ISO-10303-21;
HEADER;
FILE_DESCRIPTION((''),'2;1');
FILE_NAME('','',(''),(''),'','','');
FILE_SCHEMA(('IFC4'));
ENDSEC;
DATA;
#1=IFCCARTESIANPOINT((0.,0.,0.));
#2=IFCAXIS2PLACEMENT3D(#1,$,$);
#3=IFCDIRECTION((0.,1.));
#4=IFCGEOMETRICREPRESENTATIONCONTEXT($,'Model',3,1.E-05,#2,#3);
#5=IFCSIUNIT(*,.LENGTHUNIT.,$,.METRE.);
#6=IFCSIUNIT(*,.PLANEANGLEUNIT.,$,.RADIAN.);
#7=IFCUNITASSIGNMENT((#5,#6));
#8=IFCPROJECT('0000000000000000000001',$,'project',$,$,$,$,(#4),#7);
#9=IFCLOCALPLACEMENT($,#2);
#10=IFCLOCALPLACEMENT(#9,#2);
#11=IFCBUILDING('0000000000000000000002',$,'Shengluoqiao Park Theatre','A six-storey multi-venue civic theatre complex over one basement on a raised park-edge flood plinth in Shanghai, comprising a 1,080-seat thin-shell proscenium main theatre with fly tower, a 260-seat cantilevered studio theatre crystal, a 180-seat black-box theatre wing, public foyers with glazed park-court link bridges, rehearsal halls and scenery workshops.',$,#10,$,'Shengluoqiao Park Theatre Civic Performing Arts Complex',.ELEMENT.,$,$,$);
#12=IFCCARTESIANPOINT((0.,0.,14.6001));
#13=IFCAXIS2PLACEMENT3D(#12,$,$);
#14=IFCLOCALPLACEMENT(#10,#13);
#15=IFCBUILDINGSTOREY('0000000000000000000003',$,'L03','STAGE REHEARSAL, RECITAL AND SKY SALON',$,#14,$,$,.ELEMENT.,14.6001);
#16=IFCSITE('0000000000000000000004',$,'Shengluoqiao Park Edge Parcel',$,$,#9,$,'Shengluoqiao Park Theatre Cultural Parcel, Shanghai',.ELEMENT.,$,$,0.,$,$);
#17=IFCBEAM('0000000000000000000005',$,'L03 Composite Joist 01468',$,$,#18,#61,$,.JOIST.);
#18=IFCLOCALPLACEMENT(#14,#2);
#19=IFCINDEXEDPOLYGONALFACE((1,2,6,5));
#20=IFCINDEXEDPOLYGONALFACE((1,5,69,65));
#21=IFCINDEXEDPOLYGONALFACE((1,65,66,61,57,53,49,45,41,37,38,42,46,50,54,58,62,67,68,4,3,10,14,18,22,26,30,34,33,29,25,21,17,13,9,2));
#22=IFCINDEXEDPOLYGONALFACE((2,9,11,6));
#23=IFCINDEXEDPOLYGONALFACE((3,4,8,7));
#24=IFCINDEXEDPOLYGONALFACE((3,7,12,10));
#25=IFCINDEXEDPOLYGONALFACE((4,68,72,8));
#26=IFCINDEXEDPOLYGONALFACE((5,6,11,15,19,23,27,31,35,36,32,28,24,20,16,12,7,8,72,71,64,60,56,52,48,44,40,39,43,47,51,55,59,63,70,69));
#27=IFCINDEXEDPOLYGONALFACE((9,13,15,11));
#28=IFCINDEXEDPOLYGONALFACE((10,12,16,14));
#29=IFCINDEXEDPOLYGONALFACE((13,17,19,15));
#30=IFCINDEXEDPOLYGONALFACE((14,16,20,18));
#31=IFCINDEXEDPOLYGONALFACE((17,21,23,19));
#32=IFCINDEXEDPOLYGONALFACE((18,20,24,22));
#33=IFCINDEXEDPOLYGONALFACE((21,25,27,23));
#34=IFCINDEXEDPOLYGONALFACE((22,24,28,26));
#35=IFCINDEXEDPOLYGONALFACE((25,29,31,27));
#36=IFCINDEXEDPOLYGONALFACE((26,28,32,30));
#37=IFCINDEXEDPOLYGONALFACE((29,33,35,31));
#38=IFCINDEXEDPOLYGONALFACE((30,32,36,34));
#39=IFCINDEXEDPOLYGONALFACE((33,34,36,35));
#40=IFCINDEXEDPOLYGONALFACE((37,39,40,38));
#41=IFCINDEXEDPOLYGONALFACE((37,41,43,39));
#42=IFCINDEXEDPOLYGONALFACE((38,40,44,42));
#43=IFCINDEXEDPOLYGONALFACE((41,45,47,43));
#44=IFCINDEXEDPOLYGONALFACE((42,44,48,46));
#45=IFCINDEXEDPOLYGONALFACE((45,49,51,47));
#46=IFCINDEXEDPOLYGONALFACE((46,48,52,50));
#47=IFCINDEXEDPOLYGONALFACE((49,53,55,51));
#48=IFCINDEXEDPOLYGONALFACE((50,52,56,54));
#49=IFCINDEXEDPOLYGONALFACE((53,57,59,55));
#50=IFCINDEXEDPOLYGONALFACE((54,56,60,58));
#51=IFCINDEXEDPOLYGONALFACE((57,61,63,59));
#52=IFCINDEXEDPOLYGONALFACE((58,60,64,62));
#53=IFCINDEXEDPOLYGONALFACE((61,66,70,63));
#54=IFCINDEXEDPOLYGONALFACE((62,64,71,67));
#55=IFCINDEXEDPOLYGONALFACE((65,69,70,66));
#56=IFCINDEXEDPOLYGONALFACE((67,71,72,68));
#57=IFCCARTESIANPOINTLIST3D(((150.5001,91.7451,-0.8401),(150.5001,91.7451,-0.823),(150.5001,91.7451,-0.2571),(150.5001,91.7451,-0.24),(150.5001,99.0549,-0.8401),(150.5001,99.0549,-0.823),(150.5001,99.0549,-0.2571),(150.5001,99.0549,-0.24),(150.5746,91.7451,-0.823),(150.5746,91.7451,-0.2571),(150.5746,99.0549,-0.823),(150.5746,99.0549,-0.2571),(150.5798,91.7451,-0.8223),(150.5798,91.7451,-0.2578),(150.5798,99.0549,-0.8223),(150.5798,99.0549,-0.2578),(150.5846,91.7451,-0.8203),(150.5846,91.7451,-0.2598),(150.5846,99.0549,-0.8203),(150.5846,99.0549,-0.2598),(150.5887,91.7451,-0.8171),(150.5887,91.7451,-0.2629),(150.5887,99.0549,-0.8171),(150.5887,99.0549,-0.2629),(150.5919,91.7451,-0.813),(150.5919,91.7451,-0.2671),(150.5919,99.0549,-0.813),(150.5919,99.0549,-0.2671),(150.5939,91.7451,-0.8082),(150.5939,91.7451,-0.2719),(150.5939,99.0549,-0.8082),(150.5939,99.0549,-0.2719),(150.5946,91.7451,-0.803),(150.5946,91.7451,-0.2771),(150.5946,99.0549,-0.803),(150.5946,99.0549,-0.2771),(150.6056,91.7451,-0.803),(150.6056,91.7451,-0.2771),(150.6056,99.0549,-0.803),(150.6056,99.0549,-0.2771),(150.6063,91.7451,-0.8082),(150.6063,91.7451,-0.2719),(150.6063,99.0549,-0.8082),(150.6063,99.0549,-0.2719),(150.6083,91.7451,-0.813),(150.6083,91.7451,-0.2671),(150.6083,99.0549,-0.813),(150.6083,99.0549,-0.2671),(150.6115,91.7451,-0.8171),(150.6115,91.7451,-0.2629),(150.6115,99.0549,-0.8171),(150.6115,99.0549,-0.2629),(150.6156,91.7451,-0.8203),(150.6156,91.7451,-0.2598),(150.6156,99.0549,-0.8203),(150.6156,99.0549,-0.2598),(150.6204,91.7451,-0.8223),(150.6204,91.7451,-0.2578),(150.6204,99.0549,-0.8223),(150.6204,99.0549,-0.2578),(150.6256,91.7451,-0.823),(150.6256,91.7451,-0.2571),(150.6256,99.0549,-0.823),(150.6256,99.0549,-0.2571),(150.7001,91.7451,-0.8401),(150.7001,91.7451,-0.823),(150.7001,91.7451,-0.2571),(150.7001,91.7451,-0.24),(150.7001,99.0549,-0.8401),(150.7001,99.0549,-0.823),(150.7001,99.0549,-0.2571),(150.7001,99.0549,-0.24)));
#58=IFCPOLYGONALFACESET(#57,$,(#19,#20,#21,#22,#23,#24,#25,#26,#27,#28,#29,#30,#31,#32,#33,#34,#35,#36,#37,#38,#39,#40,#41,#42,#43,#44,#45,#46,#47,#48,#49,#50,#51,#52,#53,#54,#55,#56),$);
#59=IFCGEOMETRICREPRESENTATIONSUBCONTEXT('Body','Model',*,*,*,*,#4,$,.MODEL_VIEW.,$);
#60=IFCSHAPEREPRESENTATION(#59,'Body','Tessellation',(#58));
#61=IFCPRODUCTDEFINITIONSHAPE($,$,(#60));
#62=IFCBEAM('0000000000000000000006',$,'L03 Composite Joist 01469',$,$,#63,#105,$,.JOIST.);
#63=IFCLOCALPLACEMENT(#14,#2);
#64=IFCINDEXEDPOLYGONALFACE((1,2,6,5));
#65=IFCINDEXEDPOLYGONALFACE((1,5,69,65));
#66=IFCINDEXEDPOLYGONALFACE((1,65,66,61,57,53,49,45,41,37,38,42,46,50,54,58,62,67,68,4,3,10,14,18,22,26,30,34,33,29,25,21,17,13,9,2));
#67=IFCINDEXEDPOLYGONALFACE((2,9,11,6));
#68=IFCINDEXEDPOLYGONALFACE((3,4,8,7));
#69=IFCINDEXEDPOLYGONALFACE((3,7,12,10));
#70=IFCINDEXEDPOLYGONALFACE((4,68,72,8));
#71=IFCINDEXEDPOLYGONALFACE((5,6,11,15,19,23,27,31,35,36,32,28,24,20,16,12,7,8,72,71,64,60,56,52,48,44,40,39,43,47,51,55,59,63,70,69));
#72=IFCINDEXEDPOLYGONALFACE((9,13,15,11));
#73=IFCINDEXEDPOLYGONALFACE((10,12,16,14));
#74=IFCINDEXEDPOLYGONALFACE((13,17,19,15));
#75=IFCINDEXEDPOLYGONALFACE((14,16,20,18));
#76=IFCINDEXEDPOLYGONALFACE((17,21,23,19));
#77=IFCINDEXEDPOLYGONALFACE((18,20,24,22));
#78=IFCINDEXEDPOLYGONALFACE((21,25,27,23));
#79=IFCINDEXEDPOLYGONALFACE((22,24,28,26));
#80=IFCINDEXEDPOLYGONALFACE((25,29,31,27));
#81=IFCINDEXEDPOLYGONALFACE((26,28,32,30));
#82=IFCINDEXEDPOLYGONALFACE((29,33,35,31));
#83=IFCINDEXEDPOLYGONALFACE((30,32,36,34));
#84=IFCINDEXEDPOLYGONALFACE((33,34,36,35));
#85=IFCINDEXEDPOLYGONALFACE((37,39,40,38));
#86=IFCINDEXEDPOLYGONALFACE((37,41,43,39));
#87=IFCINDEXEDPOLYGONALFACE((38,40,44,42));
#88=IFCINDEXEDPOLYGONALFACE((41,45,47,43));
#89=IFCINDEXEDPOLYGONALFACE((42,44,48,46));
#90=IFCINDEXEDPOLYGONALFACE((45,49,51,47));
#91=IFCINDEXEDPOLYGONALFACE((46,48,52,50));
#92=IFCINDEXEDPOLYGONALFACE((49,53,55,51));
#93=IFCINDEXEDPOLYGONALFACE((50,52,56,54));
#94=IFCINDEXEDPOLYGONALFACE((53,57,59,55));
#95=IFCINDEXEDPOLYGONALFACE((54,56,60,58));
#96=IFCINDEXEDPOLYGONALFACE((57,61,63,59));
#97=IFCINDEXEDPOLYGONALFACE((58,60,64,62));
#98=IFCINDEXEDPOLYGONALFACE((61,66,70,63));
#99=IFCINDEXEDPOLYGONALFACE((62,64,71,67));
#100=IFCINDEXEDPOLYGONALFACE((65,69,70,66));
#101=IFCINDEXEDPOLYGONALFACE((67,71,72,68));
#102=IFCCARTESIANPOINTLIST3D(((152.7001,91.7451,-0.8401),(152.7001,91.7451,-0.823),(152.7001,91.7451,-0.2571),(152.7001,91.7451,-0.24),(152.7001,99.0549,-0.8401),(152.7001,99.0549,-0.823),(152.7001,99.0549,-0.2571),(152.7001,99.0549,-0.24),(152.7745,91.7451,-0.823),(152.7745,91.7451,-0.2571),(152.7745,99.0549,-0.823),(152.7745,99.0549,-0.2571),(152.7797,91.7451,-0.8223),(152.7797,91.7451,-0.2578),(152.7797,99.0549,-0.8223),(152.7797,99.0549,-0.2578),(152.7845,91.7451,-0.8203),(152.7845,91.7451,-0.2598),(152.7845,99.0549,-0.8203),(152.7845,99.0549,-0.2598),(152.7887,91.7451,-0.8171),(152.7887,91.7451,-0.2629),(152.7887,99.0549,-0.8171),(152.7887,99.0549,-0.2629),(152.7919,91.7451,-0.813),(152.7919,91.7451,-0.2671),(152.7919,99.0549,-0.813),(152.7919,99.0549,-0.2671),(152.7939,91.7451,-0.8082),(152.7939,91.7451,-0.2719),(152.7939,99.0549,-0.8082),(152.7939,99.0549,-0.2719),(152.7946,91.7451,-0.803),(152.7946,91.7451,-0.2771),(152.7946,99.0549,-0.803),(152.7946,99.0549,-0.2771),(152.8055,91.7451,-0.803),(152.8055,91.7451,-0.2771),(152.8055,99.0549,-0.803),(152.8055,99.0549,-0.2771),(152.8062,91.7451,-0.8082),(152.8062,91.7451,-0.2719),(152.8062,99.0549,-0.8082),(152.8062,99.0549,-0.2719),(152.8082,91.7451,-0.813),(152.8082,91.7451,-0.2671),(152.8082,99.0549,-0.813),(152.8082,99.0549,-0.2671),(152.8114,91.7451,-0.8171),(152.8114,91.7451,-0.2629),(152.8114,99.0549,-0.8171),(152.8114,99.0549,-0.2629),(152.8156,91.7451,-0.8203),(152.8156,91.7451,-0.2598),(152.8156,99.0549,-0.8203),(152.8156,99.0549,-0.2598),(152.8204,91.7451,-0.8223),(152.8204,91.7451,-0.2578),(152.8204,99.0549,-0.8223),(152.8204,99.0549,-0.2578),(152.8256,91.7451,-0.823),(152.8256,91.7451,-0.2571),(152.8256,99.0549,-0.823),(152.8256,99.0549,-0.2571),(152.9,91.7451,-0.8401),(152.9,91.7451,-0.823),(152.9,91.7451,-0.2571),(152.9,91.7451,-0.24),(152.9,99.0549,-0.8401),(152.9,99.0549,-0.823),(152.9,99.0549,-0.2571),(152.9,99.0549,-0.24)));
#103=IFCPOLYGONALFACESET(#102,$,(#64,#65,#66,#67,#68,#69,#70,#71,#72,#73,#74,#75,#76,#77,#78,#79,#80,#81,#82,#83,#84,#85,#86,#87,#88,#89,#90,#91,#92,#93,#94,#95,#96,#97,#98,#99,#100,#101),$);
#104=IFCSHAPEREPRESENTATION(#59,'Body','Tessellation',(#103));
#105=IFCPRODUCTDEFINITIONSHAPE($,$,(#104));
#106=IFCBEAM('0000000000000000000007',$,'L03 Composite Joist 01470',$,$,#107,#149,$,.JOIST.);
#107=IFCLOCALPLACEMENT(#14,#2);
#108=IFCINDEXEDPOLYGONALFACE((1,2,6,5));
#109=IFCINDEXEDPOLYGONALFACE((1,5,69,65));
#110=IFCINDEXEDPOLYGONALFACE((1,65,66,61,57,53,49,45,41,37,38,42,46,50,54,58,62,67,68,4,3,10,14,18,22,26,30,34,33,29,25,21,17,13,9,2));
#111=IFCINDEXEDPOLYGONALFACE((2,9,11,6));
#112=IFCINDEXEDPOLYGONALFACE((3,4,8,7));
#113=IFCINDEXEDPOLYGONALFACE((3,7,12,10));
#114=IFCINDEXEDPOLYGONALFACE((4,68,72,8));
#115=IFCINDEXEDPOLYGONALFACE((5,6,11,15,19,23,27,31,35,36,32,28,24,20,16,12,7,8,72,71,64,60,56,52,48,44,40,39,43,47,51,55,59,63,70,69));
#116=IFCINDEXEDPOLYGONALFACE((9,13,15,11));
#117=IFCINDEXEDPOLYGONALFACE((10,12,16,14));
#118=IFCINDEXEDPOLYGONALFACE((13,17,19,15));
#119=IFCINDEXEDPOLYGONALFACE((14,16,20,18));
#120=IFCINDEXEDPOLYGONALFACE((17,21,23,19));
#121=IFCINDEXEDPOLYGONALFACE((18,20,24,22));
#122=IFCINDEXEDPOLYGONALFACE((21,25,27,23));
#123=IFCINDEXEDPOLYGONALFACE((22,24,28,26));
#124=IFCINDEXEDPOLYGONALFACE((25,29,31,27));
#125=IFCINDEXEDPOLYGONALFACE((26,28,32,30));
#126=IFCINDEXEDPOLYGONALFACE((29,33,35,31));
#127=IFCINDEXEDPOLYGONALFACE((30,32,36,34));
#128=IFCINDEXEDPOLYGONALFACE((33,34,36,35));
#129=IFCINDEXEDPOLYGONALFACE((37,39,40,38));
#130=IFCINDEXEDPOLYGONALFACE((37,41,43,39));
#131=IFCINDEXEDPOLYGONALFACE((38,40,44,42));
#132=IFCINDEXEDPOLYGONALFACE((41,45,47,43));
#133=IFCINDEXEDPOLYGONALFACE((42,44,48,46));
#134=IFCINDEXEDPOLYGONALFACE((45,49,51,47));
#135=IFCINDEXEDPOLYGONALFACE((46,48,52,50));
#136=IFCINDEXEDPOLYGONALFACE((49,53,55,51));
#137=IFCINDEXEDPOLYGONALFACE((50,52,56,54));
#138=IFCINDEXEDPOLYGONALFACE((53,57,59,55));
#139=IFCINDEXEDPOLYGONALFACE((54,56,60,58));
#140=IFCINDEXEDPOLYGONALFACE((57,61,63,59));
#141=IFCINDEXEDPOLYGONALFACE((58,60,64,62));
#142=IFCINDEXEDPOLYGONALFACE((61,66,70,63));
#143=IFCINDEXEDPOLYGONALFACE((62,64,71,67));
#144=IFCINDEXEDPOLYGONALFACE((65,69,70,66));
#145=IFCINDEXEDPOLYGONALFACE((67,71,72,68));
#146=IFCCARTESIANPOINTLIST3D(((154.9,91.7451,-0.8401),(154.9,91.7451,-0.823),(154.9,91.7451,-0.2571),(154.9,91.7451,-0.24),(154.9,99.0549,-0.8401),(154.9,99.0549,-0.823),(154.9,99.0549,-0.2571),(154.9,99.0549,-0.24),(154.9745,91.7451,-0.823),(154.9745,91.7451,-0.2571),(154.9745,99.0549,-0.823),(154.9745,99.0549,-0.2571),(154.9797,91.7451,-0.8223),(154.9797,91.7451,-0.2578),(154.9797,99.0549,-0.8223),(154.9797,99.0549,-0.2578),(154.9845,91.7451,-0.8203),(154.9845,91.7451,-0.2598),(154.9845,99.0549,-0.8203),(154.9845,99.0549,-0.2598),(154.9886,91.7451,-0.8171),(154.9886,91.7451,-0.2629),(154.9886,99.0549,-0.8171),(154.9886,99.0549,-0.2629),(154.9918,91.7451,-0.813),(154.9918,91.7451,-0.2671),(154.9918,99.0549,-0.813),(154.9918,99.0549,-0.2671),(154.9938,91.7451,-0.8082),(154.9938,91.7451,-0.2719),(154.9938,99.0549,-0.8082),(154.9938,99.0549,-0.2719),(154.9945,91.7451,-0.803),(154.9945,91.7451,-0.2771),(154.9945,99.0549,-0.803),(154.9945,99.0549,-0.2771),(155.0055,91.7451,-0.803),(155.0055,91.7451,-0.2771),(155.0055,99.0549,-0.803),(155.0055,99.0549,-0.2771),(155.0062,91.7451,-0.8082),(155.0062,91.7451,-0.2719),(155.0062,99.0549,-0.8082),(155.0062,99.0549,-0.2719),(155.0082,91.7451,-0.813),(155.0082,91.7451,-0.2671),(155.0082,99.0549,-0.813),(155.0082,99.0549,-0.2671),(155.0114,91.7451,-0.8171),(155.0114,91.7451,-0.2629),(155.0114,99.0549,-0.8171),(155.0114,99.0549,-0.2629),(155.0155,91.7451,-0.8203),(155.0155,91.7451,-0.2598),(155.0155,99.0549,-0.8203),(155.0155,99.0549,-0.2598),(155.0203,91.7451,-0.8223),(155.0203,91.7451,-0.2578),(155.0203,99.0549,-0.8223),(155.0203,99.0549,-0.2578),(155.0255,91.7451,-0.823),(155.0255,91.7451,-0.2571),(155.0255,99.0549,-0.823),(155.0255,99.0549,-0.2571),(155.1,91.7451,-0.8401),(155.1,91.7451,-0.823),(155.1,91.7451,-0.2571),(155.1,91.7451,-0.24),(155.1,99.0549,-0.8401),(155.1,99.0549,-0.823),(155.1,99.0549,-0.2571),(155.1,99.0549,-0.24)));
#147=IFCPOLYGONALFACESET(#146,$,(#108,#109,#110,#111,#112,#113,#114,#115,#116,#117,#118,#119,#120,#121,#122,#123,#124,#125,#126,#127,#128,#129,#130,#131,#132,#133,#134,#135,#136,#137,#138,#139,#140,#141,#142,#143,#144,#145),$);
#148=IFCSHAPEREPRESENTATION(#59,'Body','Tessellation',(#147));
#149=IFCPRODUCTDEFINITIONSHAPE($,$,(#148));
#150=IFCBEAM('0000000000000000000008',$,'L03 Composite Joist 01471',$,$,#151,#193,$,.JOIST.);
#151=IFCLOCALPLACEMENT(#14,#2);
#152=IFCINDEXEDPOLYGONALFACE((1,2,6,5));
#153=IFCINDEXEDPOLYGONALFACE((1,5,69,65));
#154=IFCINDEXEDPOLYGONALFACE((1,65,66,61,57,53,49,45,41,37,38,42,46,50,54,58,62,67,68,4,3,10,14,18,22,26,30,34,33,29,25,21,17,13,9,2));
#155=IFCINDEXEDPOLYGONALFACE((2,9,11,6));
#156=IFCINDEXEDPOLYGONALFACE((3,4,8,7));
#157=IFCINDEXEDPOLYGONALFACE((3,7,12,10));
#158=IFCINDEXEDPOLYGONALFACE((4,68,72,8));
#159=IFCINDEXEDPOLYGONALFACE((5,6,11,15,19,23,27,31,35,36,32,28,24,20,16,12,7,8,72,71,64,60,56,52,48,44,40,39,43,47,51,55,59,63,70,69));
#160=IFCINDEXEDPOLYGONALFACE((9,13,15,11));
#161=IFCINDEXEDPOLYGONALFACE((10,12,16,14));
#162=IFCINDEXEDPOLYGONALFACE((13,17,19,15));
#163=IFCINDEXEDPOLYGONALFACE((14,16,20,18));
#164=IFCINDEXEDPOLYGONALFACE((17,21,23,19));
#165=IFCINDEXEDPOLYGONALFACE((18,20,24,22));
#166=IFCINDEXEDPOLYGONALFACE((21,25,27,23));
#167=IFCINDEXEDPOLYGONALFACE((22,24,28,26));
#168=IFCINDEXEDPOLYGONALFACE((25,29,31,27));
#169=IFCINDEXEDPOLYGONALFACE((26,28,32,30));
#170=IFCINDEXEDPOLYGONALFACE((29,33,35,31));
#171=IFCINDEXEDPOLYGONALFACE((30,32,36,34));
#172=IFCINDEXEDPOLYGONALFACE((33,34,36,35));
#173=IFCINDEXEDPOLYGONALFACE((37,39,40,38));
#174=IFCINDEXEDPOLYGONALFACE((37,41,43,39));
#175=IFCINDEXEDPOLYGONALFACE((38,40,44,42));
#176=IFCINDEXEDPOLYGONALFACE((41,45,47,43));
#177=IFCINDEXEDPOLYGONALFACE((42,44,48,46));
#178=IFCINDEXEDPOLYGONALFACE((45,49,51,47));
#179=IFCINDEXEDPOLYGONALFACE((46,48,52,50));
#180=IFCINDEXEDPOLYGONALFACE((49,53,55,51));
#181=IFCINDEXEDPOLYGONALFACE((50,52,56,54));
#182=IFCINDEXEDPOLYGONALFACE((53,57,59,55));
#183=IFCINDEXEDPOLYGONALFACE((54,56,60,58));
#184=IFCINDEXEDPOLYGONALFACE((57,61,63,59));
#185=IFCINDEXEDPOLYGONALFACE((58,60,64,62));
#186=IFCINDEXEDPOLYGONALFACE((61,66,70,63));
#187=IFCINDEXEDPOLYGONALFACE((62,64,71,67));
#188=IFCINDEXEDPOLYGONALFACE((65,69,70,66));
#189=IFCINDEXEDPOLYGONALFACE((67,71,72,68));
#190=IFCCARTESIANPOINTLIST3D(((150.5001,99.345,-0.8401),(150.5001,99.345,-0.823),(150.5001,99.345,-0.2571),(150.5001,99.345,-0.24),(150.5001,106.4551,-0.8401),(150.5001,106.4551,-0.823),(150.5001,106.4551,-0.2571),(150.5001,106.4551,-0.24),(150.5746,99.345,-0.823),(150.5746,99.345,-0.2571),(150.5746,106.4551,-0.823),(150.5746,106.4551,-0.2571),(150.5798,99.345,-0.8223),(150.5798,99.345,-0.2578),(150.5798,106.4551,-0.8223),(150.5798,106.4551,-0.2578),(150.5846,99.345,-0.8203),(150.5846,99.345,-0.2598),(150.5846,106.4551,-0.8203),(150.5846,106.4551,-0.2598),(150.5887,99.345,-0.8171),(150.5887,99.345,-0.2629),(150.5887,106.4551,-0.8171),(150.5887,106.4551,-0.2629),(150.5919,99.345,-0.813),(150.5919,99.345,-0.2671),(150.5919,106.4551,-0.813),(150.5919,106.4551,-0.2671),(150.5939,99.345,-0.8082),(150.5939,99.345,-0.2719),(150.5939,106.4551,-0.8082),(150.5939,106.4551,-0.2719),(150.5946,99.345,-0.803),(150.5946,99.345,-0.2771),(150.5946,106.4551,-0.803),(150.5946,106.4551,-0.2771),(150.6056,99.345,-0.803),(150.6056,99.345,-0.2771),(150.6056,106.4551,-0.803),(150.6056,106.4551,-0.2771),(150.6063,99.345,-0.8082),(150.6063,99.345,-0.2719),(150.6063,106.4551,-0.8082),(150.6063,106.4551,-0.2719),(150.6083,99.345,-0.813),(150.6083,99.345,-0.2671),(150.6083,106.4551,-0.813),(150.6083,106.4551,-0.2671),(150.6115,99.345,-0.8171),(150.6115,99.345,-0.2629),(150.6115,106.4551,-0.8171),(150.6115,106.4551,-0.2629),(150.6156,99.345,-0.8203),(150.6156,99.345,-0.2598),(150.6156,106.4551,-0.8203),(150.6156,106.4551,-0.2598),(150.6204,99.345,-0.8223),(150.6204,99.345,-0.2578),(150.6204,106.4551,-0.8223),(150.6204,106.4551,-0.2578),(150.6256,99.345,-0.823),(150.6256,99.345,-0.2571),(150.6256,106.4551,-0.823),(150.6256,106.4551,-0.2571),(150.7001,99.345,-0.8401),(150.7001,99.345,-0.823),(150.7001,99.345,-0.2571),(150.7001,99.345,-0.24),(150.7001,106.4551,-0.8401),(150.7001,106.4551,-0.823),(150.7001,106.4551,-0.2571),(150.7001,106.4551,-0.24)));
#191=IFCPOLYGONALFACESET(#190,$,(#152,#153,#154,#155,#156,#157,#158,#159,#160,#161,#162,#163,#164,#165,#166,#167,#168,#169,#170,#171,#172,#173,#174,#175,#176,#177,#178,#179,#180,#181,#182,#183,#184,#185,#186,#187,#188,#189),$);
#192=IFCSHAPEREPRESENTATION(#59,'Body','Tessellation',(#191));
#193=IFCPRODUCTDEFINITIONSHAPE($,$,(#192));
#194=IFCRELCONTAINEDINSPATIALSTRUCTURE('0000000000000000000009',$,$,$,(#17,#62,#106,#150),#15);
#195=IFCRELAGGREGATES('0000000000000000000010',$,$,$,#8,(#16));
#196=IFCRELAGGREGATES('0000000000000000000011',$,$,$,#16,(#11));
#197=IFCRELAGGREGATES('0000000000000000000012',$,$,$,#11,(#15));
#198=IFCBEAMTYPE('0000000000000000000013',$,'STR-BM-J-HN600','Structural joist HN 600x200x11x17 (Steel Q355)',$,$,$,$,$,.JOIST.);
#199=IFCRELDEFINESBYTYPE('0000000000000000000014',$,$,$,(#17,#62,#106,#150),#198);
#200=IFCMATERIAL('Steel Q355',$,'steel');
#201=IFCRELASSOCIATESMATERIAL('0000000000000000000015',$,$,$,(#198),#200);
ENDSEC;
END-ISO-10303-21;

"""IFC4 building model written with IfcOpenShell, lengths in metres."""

from ifc_helpers import new_model, si_unit, direction, frame, origin, origin_2d, place, context, subcontext, project, spatial, i_section, extrude, material, material_profile, profile_set, type_object, element, save


model = new_model("IFC4")

# Units and contexts
model_context = context("Model", 3, precision=1e-05, world=origin(), true_north=direction((0.0, 1.0)))
body_context = subcontext(model_context, "Body", "Model", "MODEL_VIEW")
ifc_project = project(units=[si_unit("LENGTHUNIT", "METRE"), si_unit("PLANEANGLEUNIT", "RADIAN")], contexts=[model_context])

# Site, building, storey
site_placement = place(None, origin())
site = spatial("IfcSite", under=ifc_project, at=site_placement, Name="Shengluoqiao Park Edge Parcel", LongName="Shengluoqiao Park Theatre Cultural Parcel, Shanghai", CompositionType="ELEMENT", RefElevation=0.0)
building_placement = place(site_placement, origin())
building = spatial("IfcBuilding", under=site, at=building_placement, Name="Shengluoqiao Park Theatre", Description="A six-storey multi-venue civic theatre complex over one basement on a raised park-edge flood plinth in Shanghai, comprising a 1,080-seat thin-shell proscenium main theatre with fly tower, a 260-seat cantilevered studio theatre crystal, a 180-seat black-box theatre wing, public foyers with glazed park-court link bridges, rehearsal halls and scenery workshops.", LongName="Shengluoqiao Park Theatre Civic Performing Arts Complex", CompositionType="ELEMENT")
storey_placement = place(building_placement, frame((0.0, 0.0, 14.6001)))
storey = spatial("IfcBuildingStorey", under=building, at=storey_placement, Name="L03", Description="STAGE REHEARSAL, RECITAL AND SKY SALON", CompositionType="ELEMENT", Elevation=14.6001)

# Beams
ifc_material_1 = material(Name="Steel Q355", Category="steel")
ifc_material_profile_1 = material_profile(ifc_material_1, i_section(OverallWidth=0.2, OverallDepth=0.6001, WebThickness=0.011, FlangeThickness=0.0171, FilletRadius=0.02, at=origin_2d()), Name="HN 600x200x11x17")
ifc_profile_set_1 = profile_set([ifc_material_profile_1], Name="Steel Q355")
beam_type_1 = type_object("IfcBeamType", Name="STR-BM-J-HN600", Description="Structural joist HN 600x200x11x17 (Steel Q355)", PredefinedType="JOIST", material=ifc_profile_set_1)
for number, where, z_axis, x_axis, name in (
    (1, (150.6001, 91.7451, -0.54), (0.0, 1.0, 0.0), (-1.0, 0.0, 0.0), "L03 Composite Joist 01468"),
    (2, (152.8, 91.7451, -0.54), (0.0, 1.0, 0.0), (-1.0, 0.0, 0.0), "L03 Composite Joist 01469"),
    (3, (155.0, 91.7451, -0.54), (0.0, 1.0, 0.0), (-1.0, 0.0, 0.0), "L03 Composite Joist 01470"),
):
    element("IfcBeam", number, at=place(storey_placement, frame(where, z_axis=z_axis, x_axis=x_axis)), inside=storey, type_object=beam_type_1, Name=name, PredefinedType="JOIST", context=body_context, shape_type="SweptSolid", body=[
        extrude(i_section(OverallWidth=0.2, OverallDepth=0.6001, WebThickness=0.011, FlangeThickness=0.0171, FilletRadius=0.02, at=origin_2d()), origin(), (0.0, 0.0, 1.0), 7.3098),
    ])
for number, where, z_axis, x_axis, name in (
    (4, (150.6001, 99.345, -0.54), (0.0, 1.0, 0.0), (-1.0, 0.0, 0.0), "L03 Composite Joist 01471"),
):
    element("IfcBeam", number, at=place(storey_placement, frame(where, z_axis=z_axis, x_axis=x_axis)), inside=storey, type_object=beam_type_1, Name=name, PredefinedType="JOIST", context=body_context, shape_type="SweptSolid", body=[
        extrude(i_section(OverallWidth=0.2, OverallDepth=0.6001, WebThickness=0.011, FlangeThickness=0.0171, FilletRadius=0.02, at=origin_2d()), origin(), (0.0, 0.0, 1.0), 7.1101),
    ])

save(model, "model.ifc")
